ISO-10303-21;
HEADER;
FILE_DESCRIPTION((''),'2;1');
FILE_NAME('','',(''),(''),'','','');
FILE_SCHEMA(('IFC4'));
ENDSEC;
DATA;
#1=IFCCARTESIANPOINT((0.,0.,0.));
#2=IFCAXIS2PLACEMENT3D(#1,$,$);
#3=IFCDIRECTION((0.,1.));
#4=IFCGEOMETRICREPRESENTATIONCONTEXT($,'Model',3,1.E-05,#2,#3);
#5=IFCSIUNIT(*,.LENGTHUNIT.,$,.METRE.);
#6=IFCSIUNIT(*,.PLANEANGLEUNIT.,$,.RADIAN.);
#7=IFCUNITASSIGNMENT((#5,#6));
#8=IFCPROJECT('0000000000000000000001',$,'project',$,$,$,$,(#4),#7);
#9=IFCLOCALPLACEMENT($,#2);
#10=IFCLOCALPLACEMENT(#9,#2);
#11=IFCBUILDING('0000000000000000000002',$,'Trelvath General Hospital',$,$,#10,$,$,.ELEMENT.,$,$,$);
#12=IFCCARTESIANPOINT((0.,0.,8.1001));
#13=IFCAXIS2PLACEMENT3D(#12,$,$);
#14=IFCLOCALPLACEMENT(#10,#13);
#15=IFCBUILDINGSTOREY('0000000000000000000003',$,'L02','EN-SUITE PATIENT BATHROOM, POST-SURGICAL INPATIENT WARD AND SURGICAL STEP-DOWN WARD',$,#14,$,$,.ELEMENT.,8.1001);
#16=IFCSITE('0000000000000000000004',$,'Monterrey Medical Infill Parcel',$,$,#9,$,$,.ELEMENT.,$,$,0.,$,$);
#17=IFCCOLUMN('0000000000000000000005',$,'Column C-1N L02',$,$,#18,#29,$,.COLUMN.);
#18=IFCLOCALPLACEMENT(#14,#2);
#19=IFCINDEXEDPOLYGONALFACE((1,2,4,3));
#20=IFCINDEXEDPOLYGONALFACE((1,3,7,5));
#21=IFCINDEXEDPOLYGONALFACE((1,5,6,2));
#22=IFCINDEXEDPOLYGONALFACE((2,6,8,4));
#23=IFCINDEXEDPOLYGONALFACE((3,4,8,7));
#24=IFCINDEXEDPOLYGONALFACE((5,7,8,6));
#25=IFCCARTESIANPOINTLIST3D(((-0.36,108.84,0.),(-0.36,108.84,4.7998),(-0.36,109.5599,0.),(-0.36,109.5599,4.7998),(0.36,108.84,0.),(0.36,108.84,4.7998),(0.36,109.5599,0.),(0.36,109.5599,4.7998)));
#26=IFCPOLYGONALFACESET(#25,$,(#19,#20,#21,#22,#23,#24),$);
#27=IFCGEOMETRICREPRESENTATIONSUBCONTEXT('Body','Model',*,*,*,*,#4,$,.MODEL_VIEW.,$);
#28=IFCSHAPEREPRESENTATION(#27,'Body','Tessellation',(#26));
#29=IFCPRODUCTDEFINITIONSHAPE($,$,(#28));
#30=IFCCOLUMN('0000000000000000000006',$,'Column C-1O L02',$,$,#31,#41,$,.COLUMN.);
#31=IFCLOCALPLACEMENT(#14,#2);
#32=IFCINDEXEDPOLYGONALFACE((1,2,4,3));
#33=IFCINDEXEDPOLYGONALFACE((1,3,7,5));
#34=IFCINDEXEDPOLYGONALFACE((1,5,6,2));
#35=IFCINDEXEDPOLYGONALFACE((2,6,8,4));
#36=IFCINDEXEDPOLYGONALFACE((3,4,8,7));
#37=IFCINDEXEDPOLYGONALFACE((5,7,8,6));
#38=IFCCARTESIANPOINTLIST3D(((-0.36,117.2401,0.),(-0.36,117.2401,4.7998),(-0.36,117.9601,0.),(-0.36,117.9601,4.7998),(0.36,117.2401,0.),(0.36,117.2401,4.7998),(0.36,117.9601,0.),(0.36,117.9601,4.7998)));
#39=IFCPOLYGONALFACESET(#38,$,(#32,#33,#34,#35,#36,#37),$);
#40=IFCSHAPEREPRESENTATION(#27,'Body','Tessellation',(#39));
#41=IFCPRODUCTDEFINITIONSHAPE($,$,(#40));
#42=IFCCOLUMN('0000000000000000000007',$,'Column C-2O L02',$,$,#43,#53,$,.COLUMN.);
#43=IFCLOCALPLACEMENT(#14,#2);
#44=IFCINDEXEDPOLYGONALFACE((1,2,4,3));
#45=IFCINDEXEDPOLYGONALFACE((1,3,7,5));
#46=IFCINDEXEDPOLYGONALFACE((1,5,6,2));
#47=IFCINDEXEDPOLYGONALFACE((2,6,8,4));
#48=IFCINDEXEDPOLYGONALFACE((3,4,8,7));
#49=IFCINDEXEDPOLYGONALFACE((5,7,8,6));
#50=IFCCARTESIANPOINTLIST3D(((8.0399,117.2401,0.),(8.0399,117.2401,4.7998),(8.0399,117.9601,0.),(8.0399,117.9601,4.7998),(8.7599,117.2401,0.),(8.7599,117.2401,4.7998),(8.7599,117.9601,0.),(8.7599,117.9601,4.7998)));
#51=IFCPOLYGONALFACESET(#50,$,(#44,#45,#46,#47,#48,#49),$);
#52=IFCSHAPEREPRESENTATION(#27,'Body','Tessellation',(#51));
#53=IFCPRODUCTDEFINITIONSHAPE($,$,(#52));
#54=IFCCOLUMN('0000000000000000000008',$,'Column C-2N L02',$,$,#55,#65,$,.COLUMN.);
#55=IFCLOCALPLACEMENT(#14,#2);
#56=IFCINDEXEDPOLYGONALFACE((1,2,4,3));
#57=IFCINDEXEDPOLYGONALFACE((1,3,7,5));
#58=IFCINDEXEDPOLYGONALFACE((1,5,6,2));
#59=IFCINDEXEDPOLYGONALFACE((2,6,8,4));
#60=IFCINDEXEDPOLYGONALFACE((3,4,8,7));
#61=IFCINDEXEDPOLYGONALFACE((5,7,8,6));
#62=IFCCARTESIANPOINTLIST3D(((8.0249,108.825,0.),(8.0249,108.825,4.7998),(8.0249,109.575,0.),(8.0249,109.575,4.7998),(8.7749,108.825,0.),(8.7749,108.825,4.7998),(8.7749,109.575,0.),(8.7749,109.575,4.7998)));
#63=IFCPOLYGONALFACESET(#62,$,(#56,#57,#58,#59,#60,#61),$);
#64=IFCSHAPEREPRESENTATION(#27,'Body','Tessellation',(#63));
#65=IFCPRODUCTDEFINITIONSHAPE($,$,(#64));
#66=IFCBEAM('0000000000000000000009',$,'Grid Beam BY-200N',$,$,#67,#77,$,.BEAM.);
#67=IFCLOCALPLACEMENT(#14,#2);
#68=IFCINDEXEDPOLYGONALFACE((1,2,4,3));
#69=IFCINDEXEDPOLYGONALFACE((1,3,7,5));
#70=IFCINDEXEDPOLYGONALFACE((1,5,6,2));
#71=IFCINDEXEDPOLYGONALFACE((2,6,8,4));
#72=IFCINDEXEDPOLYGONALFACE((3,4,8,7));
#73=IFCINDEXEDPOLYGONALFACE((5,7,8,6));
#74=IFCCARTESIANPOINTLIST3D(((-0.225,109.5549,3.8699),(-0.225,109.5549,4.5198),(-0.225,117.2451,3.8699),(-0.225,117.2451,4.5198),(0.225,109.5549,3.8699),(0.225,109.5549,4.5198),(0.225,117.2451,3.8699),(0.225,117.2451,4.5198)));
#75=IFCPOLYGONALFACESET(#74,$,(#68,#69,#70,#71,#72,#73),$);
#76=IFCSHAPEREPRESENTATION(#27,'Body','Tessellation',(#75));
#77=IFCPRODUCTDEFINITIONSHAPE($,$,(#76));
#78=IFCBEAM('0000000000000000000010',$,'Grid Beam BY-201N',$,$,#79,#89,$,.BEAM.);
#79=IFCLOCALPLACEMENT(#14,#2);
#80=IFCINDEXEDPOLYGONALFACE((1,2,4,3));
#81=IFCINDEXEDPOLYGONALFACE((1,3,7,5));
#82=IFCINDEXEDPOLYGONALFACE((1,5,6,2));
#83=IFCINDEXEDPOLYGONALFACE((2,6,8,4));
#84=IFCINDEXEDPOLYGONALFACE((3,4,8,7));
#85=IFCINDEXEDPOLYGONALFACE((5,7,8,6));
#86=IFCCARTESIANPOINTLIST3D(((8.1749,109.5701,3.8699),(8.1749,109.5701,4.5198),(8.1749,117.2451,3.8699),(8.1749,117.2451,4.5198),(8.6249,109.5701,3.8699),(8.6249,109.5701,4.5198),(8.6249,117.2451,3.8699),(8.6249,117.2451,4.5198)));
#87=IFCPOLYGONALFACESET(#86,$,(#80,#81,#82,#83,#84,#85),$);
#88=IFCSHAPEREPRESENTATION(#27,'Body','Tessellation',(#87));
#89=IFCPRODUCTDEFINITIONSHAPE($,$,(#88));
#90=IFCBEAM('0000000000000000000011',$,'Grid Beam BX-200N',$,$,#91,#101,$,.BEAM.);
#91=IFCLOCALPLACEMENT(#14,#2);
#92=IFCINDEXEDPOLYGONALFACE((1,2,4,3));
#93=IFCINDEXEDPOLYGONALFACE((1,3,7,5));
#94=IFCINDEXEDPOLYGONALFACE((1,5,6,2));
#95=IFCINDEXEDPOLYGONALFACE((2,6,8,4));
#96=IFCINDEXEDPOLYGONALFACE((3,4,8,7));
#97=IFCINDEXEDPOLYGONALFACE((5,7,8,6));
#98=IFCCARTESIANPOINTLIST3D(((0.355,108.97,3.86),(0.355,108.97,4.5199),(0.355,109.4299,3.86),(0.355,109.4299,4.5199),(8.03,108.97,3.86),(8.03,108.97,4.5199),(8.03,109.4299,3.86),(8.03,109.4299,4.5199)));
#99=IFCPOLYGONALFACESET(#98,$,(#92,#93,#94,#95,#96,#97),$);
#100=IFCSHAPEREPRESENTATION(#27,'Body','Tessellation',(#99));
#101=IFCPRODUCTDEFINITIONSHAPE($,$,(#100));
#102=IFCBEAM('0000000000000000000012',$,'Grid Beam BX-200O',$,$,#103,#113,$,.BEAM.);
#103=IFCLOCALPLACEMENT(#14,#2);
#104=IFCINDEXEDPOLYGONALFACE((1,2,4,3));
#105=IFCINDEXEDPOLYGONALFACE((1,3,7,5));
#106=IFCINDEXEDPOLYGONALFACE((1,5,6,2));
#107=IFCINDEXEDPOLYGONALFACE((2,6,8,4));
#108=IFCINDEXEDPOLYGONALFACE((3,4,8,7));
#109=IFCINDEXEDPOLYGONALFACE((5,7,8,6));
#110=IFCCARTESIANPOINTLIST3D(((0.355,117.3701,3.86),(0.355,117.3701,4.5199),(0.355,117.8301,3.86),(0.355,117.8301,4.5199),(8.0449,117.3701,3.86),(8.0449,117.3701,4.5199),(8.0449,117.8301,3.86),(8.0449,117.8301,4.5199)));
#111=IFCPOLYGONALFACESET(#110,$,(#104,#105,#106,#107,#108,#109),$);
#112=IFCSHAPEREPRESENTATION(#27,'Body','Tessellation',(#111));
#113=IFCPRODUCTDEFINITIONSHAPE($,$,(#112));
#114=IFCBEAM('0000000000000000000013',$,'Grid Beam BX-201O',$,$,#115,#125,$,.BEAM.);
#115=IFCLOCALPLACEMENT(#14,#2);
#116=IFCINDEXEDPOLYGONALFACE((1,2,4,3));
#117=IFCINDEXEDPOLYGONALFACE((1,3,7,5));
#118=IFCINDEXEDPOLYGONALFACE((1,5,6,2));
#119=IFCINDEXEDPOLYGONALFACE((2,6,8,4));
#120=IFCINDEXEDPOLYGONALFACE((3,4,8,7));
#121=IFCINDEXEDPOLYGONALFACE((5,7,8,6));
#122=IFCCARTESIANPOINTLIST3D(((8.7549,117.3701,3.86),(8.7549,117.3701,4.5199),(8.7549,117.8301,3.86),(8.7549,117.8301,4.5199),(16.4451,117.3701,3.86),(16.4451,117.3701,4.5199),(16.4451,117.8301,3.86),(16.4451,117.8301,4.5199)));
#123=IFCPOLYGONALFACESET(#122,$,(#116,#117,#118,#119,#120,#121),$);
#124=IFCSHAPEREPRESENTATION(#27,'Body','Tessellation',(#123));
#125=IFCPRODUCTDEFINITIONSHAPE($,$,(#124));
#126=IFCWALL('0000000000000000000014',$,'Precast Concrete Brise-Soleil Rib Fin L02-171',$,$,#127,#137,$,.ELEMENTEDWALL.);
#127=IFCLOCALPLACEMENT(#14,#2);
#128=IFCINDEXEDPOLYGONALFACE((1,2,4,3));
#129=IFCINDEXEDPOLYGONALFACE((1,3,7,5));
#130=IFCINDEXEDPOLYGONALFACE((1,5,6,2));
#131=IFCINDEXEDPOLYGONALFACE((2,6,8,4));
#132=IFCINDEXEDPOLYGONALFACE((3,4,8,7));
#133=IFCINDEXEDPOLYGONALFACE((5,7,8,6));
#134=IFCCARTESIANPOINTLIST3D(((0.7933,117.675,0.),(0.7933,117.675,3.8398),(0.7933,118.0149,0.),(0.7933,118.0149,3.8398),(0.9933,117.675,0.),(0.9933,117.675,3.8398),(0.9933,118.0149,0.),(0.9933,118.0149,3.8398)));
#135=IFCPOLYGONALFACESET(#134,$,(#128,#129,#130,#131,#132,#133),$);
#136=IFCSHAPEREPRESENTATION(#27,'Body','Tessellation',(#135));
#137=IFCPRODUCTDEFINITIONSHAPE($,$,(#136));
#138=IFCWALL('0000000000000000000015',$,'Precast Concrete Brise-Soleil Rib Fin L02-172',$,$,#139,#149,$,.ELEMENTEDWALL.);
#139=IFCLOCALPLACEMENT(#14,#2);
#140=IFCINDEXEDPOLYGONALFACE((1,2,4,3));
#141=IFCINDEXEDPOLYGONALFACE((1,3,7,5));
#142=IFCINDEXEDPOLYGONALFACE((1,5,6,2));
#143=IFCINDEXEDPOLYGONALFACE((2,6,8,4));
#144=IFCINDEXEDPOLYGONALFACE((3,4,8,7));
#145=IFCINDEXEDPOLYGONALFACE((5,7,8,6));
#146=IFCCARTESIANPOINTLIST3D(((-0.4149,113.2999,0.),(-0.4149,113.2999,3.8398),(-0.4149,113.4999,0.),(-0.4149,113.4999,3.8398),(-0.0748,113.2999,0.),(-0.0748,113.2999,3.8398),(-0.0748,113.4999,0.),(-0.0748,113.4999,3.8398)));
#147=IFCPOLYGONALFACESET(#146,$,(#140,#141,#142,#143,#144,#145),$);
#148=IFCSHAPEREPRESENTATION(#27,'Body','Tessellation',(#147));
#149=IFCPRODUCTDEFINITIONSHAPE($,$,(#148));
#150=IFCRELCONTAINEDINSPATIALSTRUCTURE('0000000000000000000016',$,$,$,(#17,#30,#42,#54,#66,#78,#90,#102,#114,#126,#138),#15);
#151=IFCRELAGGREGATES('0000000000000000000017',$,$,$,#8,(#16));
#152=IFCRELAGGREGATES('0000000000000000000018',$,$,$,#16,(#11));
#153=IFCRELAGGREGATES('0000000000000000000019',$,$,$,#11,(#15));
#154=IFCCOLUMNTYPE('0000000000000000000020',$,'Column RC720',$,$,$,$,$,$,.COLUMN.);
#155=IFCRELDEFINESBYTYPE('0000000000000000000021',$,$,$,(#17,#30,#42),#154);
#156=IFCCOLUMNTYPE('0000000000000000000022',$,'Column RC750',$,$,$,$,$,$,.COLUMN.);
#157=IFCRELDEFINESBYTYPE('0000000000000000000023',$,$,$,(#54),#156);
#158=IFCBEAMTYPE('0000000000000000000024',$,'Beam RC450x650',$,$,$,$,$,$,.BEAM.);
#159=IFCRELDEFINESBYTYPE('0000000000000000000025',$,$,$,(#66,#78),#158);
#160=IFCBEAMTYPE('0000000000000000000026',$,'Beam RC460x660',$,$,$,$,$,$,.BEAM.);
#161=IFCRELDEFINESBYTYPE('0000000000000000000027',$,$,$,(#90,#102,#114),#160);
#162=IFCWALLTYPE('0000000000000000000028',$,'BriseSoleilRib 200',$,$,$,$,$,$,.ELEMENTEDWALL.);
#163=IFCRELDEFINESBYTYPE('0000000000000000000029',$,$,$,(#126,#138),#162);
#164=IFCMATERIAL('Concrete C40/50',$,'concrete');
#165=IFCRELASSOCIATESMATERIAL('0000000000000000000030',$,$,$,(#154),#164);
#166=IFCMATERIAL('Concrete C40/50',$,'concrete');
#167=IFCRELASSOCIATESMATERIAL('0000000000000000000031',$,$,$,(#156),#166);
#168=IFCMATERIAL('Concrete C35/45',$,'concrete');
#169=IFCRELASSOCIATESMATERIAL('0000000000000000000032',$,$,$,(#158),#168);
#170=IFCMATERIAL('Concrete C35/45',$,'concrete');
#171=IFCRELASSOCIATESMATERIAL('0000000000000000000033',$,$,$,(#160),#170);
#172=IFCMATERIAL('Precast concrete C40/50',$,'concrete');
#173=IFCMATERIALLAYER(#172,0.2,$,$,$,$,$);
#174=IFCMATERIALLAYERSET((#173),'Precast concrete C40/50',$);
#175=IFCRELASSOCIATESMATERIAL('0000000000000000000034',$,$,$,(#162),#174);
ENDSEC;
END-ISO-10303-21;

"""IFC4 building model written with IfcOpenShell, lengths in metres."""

from ifc_helpers import new_model, si_unit, direction, frame, frame_2d, origin, origin_2d, place, context, subcontext, project, spatial, rectangle, extrude, material, layer, layer_set, material_profile, profile_set, type_object, element, save


model = new_model("IFC4")

# Units and contexts
model_context = context("Model", 3, precision=1e-05, world=origin(), true_north=direction((0.0, 1.0)))
body_context = subcontext(model_context, "Body", "Model", "MODEL_VIEW")
ifc_project = project(units=[si_unit("LENGTHUNIT", "METRE"), si_unit("PLANEANGLEUNIT", "RADIAN")], contexts=[model_context])

# Site, building, storey
site_placement = place(None, origin())
site = spatial("IfcSite", under=ifc_project, at=site_placement, Name="Monterrey Medical Infill Parcel", CompositionType="ELEMENT", RefElevation=0.0)
building_placement = place(site_placement, origin())
building = spatial("IfcBuilding", under=site, at=building_placement, Name="Trelvath General Hospital", CompositionType="ELEMENT")
storey_placement = place(building_placement, frame((0.0, 0.0, 8.1001)))
storey = spatial("IfcBuildingStorey", under=building, at=storey_placement, Name="L02", Description="EN-SUITE PATIENT BATHROOM, POST-SURGICAL INPATIENT WARD AND SURGICAL STEP-DOWN WARD", CompositionType="ELEMENT", Elevation=8.1001)

# Columns
ifc_material_1 = material(Name="Concrete C40/50", Category="concrete")
ifc_material_profile_1 = material_profile(ifc_material_1, rectangle(XDim=0.72, YDim=0.72, at=origin_2d()), Name="RC720x720")
ifc_profile_set_1 = profile_set([ifc_material_profile_1], Name="Concrete C40/50")
column_type_1 = type_object("IfcColumnType", Name="Column RC720", PredefinedType="COLUMN", material=ifc_profile_set_1)
for number, where, z_axis, x_axis, name in (
    (1, (0.0, 109.2, 0.0), (0.0, 0.0, 1.0), (1.0, 0.0, 0.0), "Column C-1N L02"),
    (2, (0.0, 117.6001, 0.0), (0.0, 0.0, 1.0), (1.0, 0.0, 0.0), "Column C-1O L02"),
    (3, (8.3999, 117.6001, 0.0), (0.0, 0.0, 1.0), (1.0, 0.0, 0.0), "Column C-2O L02"),
):
    element("IfcColumn", number, at=place(storey_placement, frame(where, z_axis=z_axis, x_axis=x_axis)), inside=storey, type_object=column_type_1, Name=name, PredefinedType="COLUMN", context=body_context, shape_type="SweptSolid", body=[
        extrude(rectangle(XDim=0.72, YDim=0.72, at=origin_2d()), origin(), (0.0, 0.0, 1.0), 4.7998),
    ])
ifc_material_2 = material(Name="Concrete C40/50", Category="concrete")
ifc_material_profile_2 = material_profile(ifc_material_2, rectangle(XDim=0.75, YDim=0.75, at=origin_2d()), Name="RC750x750")
ifc_profile_set_2 = profile_set([ifc_material_profile_2], Name="Concrete C40/50")
column_type_2 = type_object("IfcColumnType", Name="Column RC750", PredefinedType="COLUMN", material=ifc_profile_set_2)
column_placement = place(storey_placement, frame((8.3999, 109.2, 0.0), z_axis=(0.0, 0.0, 1.0), x_axis=(1.0, 0.0, 0.0)))
element("IfcColumn", 4, at=column_placement, inside=storey, type_object=column_type_2, Name="Column C-2N L02", PredefinedType="COLUMN", context=body_context, shape_type="SweptSolid", body=[
    extrude(rectangle(XDim=0.75, YDim=0.75, at=origin_2d()), origin(), (0.0, 0.0, 1.0), 4.7998),
])

# Beams
ifc_material_3 = material(Name="Concrete C35/45", Category="concrete")
ifc_material_profile_3 = material_profile(ifc_material_3, rectangle(XDim=0.45, YDim=0.6499, at=origin_2d()), Name="RCB450x650")
ifc_profile_set_3 = profile_set([ifc_material_profile_3], Name="Concrete C35/45")
beam_type_1 = type_object("IfcBeamType", Name="Beam RC450x650", PredefinedType="BEAM", material=ifc_profile_set_3)
beam_1_placement = place(storey_placement, frame((0.0, 109.5549, 4.1948), z_axis=(0.0, 1.0, 0.0), x_axis=(-1.0, 0.0, 0.0)))
element("IfcBeam", 5, at=beam_1_placement, inside=storey, type_object=beam_type_1, Name="Grid Beam BY-200N", PredefinedType="BEAM", context=body_context, shape_type="SweptSolid", body=[
    extrude(rectangle(XDim=0.45, YDim=0.6499, at=origin_2d()), origin(), (0.0, 0.0, 1.0), 7.6902),
])
beam_2_placement = place(storey_placement, frame((8.3999, 109.5701, 4.1948), z_axis=(0.0, 1.0, 0.0), x_axis=(-1.0, 0.0, 0.0)))
element("IfcBeam", 6, at=beam_2_placement, inside=storey, type_object=beam_type_1, Name="Grid Beam BY-201N", PredefinedType="BEAM", context=body_context, shape_type="SweptSolid", body=[
    extrude(rectangle(XDim=0.45, YDim=0.6499, at=origin_2d()), origin(), (0.0, 0.0, 1.0), 7.675),
])
ifc_material_4 = material(Name="Concrete C35/45", Category="concrete")
ifc_material_profile_4 = material_profile(ifc_material_4, rectangle(XDim=0.46, YDim=0.6599, at=origin_2d()), Name="RCB460x660")
ifc_profile_set_4 = profile_set([ifc_material_profile_4], Name="Concrete C35/45")
beam_type_2 = type_object("IfcBeamType", Name="Beam RC460x660", PredefinedType="BEAM", material=ifc_profile_set_4)
beam_3_placement = place(storey_placement, frame((0.355, 109.2, 4.1899), z_axis=(1.0, 0.0, 0.0), x_axis=(0.0, 1.0, 0.0)))
element("IfcBeam", 7, at=beam_3_placement, inside=storey, type_object=beam_type_2, Name="Grid Beam BX-200N", PredefinedType="BEAM", context=body_context, shape_type="SweptSolid", body=[
    extrude(rectangle(XDim=0.46, YDim=0.6599, at=origin_2d()), origin(), (0.0, 0.0, 1.0), 7.675),
])
beam_4_placement = place(storey_placement, frame((0.355, 117.6001, 4.1899), z_axis=(1.0, 0.0, 0.0), x_axis=(0.0, 1.0, 0.0)))
element("IfcBeam", 8, at=beam_4_placement, inside=storey, type_object=beam_type_2, Name="Grid Beam BX-200O", PredefinedType="BEAM", context=body_context, shape_type="SweptSolid", body=[
    extrude(rectangle(XDim=0.46, YDim=0.6599, at=origin_2d()), origin(), (0.0, 0.0, 1.0), 7.6899),
])
beam_5_placement = place(storey_placement, frame((8.7549, 117.6001, 4.1899), z_axis=(1.0, 0.0, 0.0), x_axis=(0.0, 1.0, 0.0)))
element("IfcBeam", 9, at=beam_5_placement, inside=storey, type_object=beam_type_2, Name="Grid Beam BX-201O", PredefinedType="BEAM", context=body_context, shape_type="SweptSolid", body=[
    extrude(rectangle(XDim=0.46, YDim=0.6599, at=origin_2d()), origin(), (0.0, 0.0, 1.0), 7.6902),
])

# Walls
ifc_material_5 = material(Name="Precast concrete C40/50", Category="concrete")
ifc_layer_1 = layer(ifc_material_5, 0.2)
ifc_layer_set_1 = layer_set([ifc_layer_1], Name="Precast concrete C40/50")
wall_type_1 = type_object("IfcWallType", Name="BriseSoleilRib 200", PredefinedType="ELEMENTEDWALL", material=ifc_layer_set_1)
wall_1_placement = place(storey_placement, frame((0.8933, 117.675, 0.0), z_axis=(0.0, 0.0, 1.0), x_axis=(0.0, 1.0, 0.0)))
element("IfcWall", 10, at=wall_1_placement, inside=storey, type_object=wall_type_1, Name="Precast Concrete Brise-Soleil Rib Fin L02-171", PredefinedType="ELEMENTEDWALL", context=body_context, shape_type="SweptSolid", body=[
    extrude(rectangle(XDim=0.3398, YDim=0.2, at=frame_2d((0.1699, 0.0))), origin(), (0.0, 0.0, 1.0), 3.8398),
])
wall_2_placement = place(storey_placement, frame((-0.075, 113.3999, 0.0), z_axis=(0.0, 0.0, 1.0), x_axis=(-1.0, 0.0, 0.0)))
element("IfcWall", 11, at=wall_2_placement, inside=storey, type_object=wall_type_1, Name="Precast Concrete Brise-Soleil Rib Fin L02-172", PredefinedType="ELEMENTEDWALL", context=body_context, shape_type="SweptSolid", body=[
    extrude(rectangle(XDim=0.3401, YDim=0.2, at=frame_2d((0.1699, 0.0))), origin(), (0.0, 0.0, 1.0), 3.8398),
])

save(model, "model.ifc")
